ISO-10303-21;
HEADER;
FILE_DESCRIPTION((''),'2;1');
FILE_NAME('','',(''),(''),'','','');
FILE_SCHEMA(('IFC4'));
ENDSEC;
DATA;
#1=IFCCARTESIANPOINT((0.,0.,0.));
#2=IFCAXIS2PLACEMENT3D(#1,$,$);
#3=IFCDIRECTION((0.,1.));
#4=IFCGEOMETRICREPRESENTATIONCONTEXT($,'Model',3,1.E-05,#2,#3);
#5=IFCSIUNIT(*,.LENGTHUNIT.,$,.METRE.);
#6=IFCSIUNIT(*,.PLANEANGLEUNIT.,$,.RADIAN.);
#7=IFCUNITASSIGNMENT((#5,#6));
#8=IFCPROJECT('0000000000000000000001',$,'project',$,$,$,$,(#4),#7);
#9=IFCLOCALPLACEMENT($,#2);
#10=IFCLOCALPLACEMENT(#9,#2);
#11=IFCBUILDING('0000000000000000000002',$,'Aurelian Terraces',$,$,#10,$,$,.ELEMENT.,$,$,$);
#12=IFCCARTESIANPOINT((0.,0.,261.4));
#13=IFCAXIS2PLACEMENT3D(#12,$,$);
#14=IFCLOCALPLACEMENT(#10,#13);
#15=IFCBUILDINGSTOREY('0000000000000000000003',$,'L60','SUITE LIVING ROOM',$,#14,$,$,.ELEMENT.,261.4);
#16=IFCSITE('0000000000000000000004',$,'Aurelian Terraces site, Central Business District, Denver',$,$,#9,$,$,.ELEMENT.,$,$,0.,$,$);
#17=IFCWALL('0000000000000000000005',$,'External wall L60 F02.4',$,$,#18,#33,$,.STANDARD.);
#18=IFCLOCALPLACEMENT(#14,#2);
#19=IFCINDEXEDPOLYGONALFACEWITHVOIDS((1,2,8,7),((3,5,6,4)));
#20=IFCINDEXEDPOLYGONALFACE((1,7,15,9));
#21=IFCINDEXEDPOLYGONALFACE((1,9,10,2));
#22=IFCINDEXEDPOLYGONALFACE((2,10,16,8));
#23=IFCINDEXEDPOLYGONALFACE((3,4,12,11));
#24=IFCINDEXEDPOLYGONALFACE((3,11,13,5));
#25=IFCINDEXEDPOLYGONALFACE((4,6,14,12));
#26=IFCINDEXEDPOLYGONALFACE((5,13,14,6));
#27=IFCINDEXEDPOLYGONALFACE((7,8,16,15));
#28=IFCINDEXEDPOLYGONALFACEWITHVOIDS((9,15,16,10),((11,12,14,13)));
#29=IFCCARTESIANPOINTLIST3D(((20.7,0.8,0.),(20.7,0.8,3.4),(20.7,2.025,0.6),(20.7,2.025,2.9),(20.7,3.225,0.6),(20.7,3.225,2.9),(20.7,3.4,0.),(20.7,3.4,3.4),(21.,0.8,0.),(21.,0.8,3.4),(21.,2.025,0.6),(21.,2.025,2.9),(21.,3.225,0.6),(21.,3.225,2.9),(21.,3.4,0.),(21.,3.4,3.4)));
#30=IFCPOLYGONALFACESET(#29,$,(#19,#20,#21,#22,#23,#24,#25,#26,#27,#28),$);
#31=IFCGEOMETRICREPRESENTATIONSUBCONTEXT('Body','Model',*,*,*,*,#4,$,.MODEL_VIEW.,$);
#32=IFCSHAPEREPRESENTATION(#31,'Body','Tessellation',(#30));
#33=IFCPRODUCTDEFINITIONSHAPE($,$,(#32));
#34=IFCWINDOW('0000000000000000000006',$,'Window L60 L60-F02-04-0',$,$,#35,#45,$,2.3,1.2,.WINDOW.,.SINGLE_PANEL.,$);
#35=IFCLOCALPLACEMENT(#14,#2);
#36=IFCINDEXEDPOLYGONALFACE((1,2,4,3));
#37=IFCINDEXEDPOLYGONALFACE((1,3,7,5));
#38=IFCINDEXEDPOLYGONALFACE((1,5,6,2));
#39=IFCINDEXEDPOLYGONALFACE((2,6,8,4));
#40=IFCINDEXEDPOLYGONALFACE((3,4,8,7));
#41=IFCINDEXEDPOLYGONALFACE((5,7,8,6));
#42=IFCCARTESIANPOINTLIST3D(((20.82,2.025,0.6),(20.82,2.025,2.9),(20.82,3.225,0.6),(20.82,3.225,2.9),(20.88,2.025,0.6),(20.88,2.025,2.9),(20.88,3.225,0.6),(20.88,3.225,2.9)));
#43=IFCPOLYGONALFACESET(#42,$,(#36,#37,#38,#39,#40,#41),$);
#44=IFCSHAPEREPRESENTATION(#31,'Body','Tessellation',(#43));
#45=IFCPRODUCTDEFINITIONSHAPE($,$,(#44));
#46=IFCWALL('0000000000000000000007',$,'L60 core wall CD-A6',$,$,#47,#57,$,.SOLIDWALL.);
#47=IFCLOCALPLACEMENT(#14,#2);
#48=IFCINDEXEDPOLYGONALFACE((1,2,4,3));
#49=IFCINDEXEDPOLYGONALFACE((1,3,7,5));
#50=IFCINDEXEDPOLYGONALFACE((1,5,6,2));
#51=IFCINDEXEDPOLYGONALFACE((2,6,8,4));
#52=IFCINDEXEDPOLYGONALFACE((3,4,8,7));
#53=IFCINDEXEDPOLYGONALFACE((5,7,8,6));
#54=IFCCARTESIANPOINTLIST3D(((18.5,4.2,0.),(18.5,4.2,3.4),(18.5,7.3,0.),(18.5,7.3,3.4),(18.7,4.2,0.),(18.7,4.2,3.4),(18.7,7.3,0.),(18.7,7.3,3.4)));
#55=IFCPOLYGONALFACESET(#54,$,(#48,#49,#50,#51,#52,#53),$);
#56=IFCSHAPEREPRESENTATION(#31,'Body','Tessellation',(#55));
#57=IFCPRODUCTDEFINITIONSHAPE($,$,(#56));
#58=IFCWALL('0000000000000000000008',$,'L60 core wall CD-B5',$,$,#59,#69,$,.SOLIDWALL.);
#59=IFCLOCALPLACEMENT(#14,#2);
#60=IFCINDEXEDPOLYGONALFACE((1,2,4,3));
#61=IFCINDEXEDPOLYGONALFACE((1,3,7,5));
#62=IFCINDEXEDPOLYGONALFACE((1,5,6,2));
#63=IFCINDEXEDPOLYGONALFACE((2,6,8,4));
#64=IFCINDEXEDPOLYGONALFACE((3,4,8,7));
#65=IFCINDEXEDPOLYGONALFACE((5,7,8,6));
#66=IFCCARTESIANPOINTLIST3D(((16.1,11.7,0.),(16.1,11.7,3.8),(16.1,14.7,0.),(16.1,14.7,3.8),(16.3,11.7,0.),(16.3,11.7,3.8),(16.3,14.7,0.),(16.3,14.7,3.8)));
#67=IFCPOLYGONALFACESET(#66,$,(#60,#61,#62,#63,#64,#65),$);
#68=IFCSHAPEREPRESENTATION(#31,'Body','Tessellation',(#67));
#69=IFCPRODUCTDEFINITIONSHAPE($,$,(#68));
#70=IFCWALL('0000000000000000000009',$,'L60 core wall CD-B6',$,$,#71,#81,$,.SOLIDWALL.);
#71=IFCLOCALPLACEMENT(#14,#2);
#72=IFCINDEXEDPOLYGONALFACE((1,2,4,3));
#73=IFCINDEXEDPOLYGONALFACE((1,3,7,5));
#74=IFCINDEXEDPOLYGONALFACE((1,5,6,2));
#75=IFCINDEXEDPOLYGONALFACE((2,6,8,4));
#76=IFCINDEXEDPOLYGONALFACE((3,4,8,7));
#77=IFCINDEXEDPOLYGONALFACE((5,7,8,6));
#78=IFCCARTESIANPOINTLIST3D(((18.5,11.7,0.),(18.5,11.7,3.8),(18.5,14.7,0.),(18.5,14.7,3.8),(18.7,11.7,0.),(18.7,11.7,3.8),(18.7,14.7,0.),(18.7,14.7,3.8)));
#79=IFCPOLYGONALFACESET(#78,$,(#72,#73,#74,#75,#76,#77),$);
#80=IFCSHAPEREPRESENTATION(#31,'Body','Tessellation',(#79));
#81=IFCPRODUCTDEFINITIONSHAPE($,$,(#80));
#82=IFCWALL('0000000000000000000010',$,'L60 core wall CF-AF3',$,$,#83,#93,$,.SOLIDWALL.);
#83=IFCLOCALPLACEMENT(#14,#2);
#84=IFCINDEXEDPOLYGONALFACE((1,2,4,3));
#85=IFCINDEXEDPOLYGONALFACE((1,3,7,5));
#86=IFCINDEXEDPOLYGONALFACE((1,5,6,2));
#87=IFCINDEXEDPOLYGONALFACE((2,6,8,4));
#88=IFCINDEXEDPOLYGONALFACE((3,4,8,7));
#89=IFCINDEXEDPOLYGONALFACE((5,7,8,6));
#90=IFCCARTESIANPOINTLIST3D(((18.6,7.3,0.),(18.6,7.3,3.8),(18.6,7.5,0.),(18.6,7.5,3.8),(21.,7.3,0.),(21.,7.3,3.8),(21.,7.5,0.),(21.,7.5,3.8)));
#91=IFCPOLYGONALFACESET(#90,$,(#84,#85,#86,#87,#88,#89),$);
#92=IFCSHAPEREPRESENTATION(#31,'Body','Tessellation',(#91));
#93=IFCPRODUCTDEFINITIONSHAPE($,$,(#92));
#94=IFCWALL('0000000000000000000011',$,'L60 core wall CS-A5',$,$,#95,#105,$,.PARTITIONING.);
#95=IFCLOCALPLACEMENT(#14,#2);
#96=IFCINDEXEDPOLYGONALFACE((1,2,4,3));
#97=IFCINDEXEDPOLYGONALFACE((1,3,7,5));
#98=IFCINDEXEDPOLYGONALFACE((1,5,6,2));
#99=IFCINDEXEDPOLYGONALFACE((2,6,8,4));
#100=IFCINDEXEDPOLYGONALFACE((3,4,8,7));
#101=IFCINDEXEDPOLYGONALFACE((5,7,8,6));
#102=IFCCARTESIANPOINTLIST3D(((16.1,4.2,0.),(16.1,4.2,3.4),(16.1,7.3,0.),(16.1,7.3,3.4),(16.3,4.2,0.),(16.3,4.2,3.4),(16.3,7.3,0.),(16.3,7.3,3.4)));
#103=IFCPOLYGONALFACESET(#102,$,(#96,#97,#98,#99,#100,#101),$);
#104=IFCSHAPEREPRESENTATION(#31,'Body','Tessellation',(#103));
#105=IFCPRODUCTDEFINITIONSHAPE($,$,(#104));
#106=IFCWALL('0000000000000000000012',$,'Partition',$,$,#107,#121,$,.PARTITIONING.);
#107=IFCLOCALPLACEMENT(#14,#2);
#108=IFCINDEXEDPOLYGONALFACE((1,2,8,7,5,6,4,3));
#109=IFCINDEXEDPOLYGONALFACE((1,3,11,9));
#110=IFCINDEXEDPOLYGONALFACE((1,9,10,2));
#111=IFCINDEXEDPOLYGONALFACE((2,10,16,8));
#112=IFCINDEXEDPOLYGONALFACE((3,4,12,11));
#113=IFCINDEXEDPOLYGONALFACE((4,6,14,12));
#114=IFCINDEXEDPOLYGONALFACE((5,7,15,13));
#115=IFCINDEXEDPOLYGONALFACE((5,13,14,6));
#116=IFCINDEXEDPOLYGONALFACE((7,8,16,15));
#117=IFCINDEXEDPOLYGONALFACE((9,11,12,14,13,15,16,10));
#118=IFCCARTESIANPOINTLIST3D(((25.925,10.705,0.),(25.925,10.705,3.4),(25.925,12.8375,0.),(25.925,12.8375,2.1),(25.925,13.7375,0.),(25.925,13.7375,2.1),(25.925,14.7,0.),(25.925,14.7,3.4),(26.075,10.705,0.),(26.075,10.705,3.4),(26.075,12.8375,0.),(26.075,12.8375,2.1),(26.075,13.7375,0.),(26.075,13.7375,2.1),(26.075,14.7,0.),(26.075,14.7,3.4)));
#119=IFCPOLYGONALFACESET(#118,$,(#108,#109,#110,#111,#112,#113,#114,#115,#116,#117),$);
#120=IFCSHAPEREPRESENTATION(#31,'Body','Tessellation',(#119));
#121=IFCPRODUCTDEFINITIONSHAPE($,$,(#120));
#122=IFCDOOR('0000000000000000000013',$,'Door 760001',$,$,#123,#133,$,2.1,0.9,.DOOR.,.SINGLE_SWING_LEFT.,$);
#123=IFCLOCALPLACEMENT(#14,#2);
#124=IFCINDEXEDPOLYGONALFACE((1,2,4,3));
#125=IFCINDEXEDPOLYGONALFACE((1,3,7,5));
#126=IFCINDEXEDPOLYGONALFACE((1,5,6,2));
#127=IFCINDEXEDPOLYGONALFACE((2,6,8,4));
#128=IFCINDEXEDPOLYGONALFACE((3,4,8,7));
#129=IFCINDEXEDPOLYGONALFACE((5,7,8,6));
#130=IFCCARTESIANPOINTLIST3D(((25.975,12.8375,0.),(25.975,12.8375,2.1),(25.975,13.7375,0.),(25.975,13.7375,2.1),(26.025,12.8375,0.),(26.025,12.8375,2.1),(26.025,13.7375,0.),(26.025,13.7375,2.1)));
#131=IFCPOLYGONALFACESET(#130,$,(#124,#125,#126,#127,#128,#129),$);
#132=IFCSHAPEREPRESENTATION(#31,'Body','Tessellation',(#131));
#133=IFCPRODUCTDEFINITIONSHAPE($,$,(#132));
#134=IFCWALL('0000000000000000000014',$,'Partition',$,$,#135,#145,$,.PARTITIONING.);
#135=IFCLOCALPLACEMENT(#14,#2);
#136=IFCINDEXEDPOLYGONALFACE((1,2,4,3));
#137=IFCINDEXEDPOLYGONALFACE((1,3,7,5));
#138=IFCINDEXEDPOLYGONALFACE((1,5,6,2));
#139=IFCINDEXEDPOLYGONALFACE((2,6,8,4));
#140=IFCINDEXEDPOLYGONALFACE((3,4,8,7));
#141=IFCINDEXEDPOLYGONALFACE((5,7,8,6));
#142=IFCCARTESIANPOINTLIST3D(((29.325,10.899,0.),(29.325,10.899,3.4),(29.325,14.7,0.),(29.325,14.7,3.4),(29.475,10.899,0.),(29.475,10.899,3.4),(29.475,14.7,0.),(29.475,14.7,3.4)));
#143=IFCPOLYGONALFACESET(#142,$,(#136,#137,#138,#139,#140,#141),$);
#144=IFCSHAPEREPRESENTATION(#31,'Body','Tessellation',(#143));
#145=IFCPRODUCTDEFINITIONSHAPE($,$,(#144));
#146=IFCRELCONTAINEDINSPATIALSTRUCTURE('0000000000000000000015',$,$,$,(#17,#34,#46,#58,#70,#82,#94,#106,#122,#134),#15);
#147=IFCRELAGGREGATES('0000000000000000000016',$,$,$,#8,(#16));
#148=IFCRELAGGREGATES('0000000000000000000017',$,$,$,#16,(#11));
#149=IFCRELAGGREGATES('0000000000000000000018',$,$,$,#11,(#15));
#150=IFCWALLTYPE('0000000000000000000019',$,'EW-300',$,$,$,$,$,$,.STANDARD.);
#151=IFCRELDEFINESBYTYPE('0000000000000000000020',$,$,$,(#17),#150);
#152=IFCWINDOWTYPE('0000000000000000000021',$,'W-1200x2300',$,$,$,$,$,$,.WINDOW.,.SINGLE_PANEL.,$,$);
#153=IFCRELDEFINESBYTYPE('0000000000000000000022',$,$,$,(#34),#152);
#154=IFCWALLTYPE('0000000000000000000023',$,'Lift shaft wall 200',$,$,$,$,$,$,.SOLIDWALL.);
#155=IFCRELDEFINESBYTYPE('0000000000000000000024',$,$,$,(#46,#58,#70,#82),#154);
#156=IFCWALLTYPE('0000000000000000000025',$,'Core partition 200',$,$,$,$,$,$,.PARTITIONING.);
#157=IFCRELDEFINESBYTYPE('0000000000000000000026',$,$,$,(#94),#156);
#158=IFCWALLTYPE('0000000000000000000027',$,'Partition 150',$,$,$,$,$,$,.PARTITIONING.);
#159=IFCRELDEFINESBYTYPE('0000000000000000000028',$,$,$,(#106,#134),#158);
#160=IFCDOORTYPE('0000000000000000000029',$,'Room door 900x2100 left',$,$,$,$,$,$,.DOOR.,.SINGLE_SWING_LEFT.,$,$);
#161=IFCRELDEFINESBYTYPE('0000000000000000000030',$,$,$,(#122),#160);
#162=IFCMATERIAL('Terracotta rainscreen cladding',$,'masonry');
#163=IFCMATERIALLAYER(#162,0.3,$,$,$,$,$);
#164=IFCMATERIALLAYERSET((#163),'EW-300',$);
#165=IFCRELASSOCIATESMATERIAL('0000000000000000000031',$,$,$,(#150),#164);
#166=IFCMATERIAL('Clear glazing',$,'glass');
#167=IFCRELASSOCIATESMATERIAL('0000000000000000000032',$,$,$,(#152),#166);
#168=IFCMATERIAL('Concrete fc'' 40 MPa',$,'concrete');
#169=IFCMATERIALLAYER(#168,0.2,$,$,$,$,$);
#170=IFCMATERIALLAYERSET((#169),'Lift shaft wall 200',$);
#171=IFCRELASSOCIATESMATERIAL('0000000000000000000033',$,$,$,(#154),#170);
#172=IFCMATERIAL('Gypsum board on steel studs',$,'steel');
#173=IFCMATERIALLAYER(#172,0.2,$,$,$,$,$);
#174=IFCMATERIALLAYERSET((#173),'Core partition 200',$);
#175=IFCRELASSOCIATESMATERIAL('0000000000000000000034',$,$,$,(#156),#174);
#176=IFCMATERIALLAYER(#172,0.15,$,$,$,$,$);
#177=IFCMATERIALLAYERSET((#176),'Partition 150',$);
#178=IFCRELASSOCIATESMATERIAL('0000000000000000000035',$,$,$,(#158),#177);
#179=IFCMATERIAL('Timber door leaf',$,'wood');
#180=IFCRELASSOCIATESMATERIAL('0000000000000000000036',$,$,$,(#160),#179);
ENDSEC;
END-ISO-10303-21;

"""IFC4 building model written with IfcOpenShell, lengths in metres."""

from ifc_helpers import new_model, si_unit, direction, frame, frame_2d, origin, place, context, subcontext, project, spatial, rectangle, extrude, source, transform, mapped, material, layer, layer_set, type_object, element, fill, save


model = new_model("IFC4")

# Units and contexts
model_context = context("Model", 3, precision=1e-05, world=origin(), true_north=direction((0.0, 1.0)))
body_context = subcontext(model_context, "Body", "Model", "MODEL_VIEW")
ifc_project = project(units=[si_unit("LENGTHUNIT", "METRE"), si_unit("PLANEANGLEUNIT", "RADIAN")], contexts=[model_context])

# Site, building, storey
site_placement = place(None, origin())
site = spatial("IfcSite", under=ifc_project, at=site_placement, Name="Aurelian Terraces site, Central Business District, Denver", CompositionType="ELEMENT", RefElevation=0.0)
building_placement = place(site_placement, origin())
building = spatial("IfcBuilding", under=site, at=building_placement, Name="Aurelian Terraces", CompositionType="ELEMENT")
storey_placement = place(building_placement, frame((0.0, 0.0, 261.4)))
storey = spatial("IfcBuildingStorey", under=building, at=storey_placement, Name="L60", Description="SUITE LIVING ROOM", CompositionType="ELEMENT", Elevation=261.4)

# Shared definitions
ifc_material_1 = material(Name="Terracotta rainscreen cladding", Category="masonry")
ifc_layer_1 = layer(ifc_material_1, 0.3)
ifc_layer_set_1 = layer_set([ifc_layer_1], Name="EW-300")
wall_type_1 = type_object("IfcWallType", Name="EW-300", PredefinedType="STANDARD", material=ifc_layer_set_1)

# Shared definitions
ifc_material_2 = material(Name="Clear glazing", Category="glass")

# Wall, opening, window
shared_shape_1 = source(origin(), body_context, "Body", "SweptSolid", [
    extrude(rectangle(XDim=2.6, YDim=0.3, at=frame_2d((1.3, 0.0))), origin(), (0.0, 0.0, 1.0), 3.4),
])
wall_1_placement = place(storey_placement, frame((20.85, 0.8, 0.0), z_axis=(0.0, 0.0, 1.0), x_axis=(0.0, 1.0, 0.0)))
wall_1 = element("IfcWall", 1, at=wall_1_placement, inside=storey, type_object=wall_type_1, Name="External wall L60 F02.4", PredefinedType="STANDARD", context=body_context, shape_type="MappedRepresentation", body=[
    mapped(shared_shape_1, transform((0.0, 0.0, 0.0), scale=1.0)),
])
shared_shape_2 = source(origin(), body_context, "Body", "SweptSolid", [
    extrude(rectangle(XDim=1.2, YDim=2.3, at=frame_2d((0.6, 1.15))), frame((0.0, 0.16, 0.0), z_axis=(0.0, -1.0, 0.0), x_axis=(1.0, 0.0, 0.0)), (0.0, 0.0, 1.0), 0.32),
])
opening_1_placement = place(wall_1_placement, frame((1.225, 0.0, 0.6)))
opening_1 = element("IfcOpeningElement", 2, at=opening_1_placement, cuts=wall_1, PredefinedType="OPENING", context=body_context, shape_type="MappedRepresentation", body=[
    mapped(shared_shape_2, transform((0.0, 0.0, 0.0), scale=1.0)),
])
window_type_1 = type_object("IfcWindowType", Name="W-1200x2300", PartitioningType="SINGLE_PANEL", PredefinedType="WINDOW", material=ifc_material_2)
shared_shape_3 = source(origin(), body_context, "Body", "SweptSolid", [
    extrude(rectangle(XDim=1.2, YDim=2.3, at=frame_2d((0.6, 1.15))), frame((0.0, 0.03, 0.0), z_axis=(0.0, -1.0, 0.0), x_axis=(1.0, 0.0, 0.0)), (0.0, 0.0, 1.0), 0.06),
])
window_1_placement = place(opening_1_placement, origin())
window_1 = element("IfcWindow", 3, at=window_1_placement, inside=storey, type_object=window_type_1, Name="Window L60 L60-F02-04-0", OverallHeight=2.3, OverallWidth=1.2, PartitioningType="SINGLE_PANEL", PredefinedType="WINDOW", context=body_context, shape_type="MappedRepresentation", body=[
    mapped(shared_shape_3, transform((0.0, 0.0, 0.0), scale=1.0)),
])
fill(opening_1, window_1)

# Walls
ifc_material_3 = material(Name="Concrete fc' 40 MPa", Category="concrete")
ifc_layer_2 = layer(ifc_material_3, 0.2)
ifc_layer_set_2 = layer_set([ifc_layer_2], Name="Lift shaft wall 200")
wall_type_2 = type_object("IfcWallType", Name="Lift shaft wall 200", PredefinedType="SOLIDWALL", material=ifc_layer_set_2)
shared_shape_4 = source(origin(), body_context, "Body", "SweptSolid", [
    extrude(rectangle(XDim=3.1, YDim=0.2, at=frame_2d((1.55, 0.0))), origin(), (0.0, 0.0, 1.0), 3.4),
])
wall_2_placement = place(storey_placement, frame((18.6, 4.2, 0.0), z_axis=(0.0, 0.0, 1.0), x_axis=(0.0, 1.0, 0.0)))
element("IfcWall", 4, at=wall_2_placement, inside=storey, type_object=wall_type_2, Name="L60 core wall CD-A6", PredefinedType="SOLIDWALL", context=body_context, shape_type="MappedRepresentation", body=[
    mapped(shared_shape_4, transform((0.0, 0.0, 0.0), scale=1.0)),
])
shared_shape_5 = source(origin(), body_context, "Body", "SweptSolid", [
    extrude(rectangle(XDim=3.0, YDim=0.2, at=frame_2d((1.5, 0.0))), origin(), (0.0, 0.0, 1.0), 3.8),
])
for number, where, z_axis, x_axis, name in (
    (5, (16.2, 11.7, 0.0), (0.0, 0.0, 1.0), (0.0, 1.0, 0.0), "L60 core wall CD-B5"),
    (6, (18.6, 11.7, 0.0), (0.0, 0.0, 1.0), (0.0, 1.0, 0.0), "L60 core wall CD-B6"),
):
    element("IfcWall", number, at=place(storey_placement, frame(where, z_axis=z_axis, x_axis=x_axis)), inside=storey, type_object=wall_type_2, Name=name, PredefinedType="SOLIDWALL", context=body_context, shape_type="MappedRepresentation", body=[
        mapped(shared_shape_5, transform((0.0, 0.0, 0.0), scale=1.0)),
    ])
shared_shape_6 = source(origin(), body_context, "Body", "SweptSolid", [
    extrude(rectangle(XDim=2.4, YDim=0.2, at=frame_2d((1.2, 0.0))), origin(), (0.0, 0.0, 1.0), 3.8),
])
wall_3_placement = place(storey_placement, frame((18.6, 7.4, 0.0), z_axis=(0.0, 0.0, 1.0), x_axis=(1.0, 0.0, 0.0)))
element("IfcWall", 7, at=wall_3_placement, inside=storey, type_object=wall_type_2, Name="L60 core wall CF-AF3", PredefinedType="SOLIDWALL", context=body_context, shape_type="MappedRepresentation", body=[
    mapped(shared_shape_6, transform((0.0, 0.0, 0.0), scale=1.0)),
])
ifc_material_4 = material(Name="Gypsum board on steel studs", Category="steel")
ifc_layer_3 = layer(ifc_material_4, 0.2)
ifc_layer_set_3 = layer_set([ifc_layer_3], Name="Core partition 200")
wall_type_3 = type_object("IfcWallType", Name="Core partition 200", PredefinedType="PARTITIONING", material=ifc_layer_set_3)
shared_shape_7 = source(origin(), body_context, "Body", "SweptSolid", [
    extrude(rectangle(XDim=3.1, YDim=0.2, at=frame_2d((1.55, 0.0))), origin(), (0.0, 0.0, 1.0), 3.4),
])
wall_4_placement = place(storey_placement, frame((16.2, 4.2, 0.0), z_axis=(0.0, 0.0, 1.0), x_axis=(0.0, 1.0, 0.0)))
element("IfcWall", 8, at=wall_4_placement, inside=storey, type_object=wall_type_3, Name="L60 core wall CS-A5", PredefinedType="PARTITIONING", context=body_context, shape_type="MappedRepresentation", body=[
    mapped(shared_shape_7, transform((0.0, 0.0, 0.0), scale=1.0)),
])

# Wall, opening, door
ifc_layer_4 = layer(ifc_material_4, 0.15)
ifc_layer_set_4 = layer_set([ifc_layer_4], Name="Partition 150")
wall_type_4 = type_object("IfcWallType", Name="Partition 150", PredefinedType="PARTITIONING", material=ifc_layer_set_4)
shared_shape_8 = source(origin(), body_context, "Body", "SweptSolid", [
    extrude(rectangle(XDim=3.995, YDim=0.15, at=frame_2d((1.9975, 0.0))), origin(), (0.0, 0.0, 1.0), 3.4),
])
wall_5_placement = place(storey_placement, frame((26.0, 14.7, 0.0), z_axis=(0.0, 0.0, 1.0), x_axis=(0.0, -1.0, 0.0)))
wall_5 = element("IfcWall", 9, at=wall_5_placement, inside=storey, type_object=wall_type_4, Name="Partition", PredefinedType="PARTITIONING", context=body_context, shape_type="MappedRepresentation", body=[
    mapped(shared_shape_8, transform((0.0, 0.0, 0.0), scale=1.0)),
])
shared_shape_9 = source(origin(), body_context, "Body", "SweptSolid", [
    extrude(rectangle(XDim=0.9, YDim=2.1, at=frame_2d((0.45, 1.05))), frame((0.0, 0.085, 0.0), z_axis=(0.0, -1.0, 0.0), x_axis=(1.0, 0.0, 0.0)), (0.0, 0.0, 1.0), 0.17),
])
opening_2_placement = place(wall_5_placement, frame((0.9625, 0.0, 0.0)))
opening_2 = element("IfcOpeningElement", 10, at=opening_2_placement, cuts=wall_5, PredefinedType="OPENING", context=body_context, shape_type="MappedRepresentation", body=[
    mapped(shared_shape_9, transform((0.0, 0.0, 0.0), scale=1.0)),
])
ifc_material_5 = material(Name="Timber door leaf", Category="wood")
door_type_1 = type_object("IfcDoorType", Name="Room door 900x2100 left", OperationType="SINGLE_SWING_LEFT", PredefinedType="DOOR", material=ifc_material_5)
shared_shape_10 = source(origin(), body_context, "Body", "SweptSolid", [
    extrude(rectangle(XDim=0.9, YDim=2.1, at=frame_2d((0.45, 1.05))), frame((0.0, 0.025, 0.0), z_axis=(0.0, -1.0, 0.0), x_axis=(1.0, 0.0, 0.0)), (0.0, 0.0, 1.0), 0.05),
])
door_1_placement = place(opening_2_placement, origin())
door_1 = element("IfcDoor", 11, at=door_1_placement, inside=storey, type_object=door_type_1, Name="Door 760001", OperationType="SINGLE_SWING_LEFT", OverallHeight=2.1, OverallWidth=0.9, PredefinedType="DOOR", context=body_context, shape_type="MappedRepresentation", body=[
    mapped(shared_shape_10, transform((0.0, 0.0, 0.0), scale=1.0)),
])
fill(opening_2, door_1)

# Wall
shared_shape_11 = source(origin(), body_context, "Body", "SweptSolid", [
    extrude(rectangle(XDim=3.801, YDim=0.15, at=frame_2d((1.9005, 0.0))), origin(), (0.0, 0.0, 1.0), 3.4),
])
wall_6_placement = place(storey_placement, frame((29.4, 10.899, 0.0), z_axis=(0.0, 0.0, 1.0), x_axis=(0.0, 1.0, 0.0)))
element("IfcWall", 12, at=wall_6_placement, inside=storey, type_object=wall_type_4, Name="Partition", PredefinedType="PARTITIONING", context=body_context, shape_type="MappedRepresentation", body=[
    mapped(shared_shape_11, transform((0.0, 0.0, 0.0), scale=1.0)),
])

save(model, "model.ifc")
